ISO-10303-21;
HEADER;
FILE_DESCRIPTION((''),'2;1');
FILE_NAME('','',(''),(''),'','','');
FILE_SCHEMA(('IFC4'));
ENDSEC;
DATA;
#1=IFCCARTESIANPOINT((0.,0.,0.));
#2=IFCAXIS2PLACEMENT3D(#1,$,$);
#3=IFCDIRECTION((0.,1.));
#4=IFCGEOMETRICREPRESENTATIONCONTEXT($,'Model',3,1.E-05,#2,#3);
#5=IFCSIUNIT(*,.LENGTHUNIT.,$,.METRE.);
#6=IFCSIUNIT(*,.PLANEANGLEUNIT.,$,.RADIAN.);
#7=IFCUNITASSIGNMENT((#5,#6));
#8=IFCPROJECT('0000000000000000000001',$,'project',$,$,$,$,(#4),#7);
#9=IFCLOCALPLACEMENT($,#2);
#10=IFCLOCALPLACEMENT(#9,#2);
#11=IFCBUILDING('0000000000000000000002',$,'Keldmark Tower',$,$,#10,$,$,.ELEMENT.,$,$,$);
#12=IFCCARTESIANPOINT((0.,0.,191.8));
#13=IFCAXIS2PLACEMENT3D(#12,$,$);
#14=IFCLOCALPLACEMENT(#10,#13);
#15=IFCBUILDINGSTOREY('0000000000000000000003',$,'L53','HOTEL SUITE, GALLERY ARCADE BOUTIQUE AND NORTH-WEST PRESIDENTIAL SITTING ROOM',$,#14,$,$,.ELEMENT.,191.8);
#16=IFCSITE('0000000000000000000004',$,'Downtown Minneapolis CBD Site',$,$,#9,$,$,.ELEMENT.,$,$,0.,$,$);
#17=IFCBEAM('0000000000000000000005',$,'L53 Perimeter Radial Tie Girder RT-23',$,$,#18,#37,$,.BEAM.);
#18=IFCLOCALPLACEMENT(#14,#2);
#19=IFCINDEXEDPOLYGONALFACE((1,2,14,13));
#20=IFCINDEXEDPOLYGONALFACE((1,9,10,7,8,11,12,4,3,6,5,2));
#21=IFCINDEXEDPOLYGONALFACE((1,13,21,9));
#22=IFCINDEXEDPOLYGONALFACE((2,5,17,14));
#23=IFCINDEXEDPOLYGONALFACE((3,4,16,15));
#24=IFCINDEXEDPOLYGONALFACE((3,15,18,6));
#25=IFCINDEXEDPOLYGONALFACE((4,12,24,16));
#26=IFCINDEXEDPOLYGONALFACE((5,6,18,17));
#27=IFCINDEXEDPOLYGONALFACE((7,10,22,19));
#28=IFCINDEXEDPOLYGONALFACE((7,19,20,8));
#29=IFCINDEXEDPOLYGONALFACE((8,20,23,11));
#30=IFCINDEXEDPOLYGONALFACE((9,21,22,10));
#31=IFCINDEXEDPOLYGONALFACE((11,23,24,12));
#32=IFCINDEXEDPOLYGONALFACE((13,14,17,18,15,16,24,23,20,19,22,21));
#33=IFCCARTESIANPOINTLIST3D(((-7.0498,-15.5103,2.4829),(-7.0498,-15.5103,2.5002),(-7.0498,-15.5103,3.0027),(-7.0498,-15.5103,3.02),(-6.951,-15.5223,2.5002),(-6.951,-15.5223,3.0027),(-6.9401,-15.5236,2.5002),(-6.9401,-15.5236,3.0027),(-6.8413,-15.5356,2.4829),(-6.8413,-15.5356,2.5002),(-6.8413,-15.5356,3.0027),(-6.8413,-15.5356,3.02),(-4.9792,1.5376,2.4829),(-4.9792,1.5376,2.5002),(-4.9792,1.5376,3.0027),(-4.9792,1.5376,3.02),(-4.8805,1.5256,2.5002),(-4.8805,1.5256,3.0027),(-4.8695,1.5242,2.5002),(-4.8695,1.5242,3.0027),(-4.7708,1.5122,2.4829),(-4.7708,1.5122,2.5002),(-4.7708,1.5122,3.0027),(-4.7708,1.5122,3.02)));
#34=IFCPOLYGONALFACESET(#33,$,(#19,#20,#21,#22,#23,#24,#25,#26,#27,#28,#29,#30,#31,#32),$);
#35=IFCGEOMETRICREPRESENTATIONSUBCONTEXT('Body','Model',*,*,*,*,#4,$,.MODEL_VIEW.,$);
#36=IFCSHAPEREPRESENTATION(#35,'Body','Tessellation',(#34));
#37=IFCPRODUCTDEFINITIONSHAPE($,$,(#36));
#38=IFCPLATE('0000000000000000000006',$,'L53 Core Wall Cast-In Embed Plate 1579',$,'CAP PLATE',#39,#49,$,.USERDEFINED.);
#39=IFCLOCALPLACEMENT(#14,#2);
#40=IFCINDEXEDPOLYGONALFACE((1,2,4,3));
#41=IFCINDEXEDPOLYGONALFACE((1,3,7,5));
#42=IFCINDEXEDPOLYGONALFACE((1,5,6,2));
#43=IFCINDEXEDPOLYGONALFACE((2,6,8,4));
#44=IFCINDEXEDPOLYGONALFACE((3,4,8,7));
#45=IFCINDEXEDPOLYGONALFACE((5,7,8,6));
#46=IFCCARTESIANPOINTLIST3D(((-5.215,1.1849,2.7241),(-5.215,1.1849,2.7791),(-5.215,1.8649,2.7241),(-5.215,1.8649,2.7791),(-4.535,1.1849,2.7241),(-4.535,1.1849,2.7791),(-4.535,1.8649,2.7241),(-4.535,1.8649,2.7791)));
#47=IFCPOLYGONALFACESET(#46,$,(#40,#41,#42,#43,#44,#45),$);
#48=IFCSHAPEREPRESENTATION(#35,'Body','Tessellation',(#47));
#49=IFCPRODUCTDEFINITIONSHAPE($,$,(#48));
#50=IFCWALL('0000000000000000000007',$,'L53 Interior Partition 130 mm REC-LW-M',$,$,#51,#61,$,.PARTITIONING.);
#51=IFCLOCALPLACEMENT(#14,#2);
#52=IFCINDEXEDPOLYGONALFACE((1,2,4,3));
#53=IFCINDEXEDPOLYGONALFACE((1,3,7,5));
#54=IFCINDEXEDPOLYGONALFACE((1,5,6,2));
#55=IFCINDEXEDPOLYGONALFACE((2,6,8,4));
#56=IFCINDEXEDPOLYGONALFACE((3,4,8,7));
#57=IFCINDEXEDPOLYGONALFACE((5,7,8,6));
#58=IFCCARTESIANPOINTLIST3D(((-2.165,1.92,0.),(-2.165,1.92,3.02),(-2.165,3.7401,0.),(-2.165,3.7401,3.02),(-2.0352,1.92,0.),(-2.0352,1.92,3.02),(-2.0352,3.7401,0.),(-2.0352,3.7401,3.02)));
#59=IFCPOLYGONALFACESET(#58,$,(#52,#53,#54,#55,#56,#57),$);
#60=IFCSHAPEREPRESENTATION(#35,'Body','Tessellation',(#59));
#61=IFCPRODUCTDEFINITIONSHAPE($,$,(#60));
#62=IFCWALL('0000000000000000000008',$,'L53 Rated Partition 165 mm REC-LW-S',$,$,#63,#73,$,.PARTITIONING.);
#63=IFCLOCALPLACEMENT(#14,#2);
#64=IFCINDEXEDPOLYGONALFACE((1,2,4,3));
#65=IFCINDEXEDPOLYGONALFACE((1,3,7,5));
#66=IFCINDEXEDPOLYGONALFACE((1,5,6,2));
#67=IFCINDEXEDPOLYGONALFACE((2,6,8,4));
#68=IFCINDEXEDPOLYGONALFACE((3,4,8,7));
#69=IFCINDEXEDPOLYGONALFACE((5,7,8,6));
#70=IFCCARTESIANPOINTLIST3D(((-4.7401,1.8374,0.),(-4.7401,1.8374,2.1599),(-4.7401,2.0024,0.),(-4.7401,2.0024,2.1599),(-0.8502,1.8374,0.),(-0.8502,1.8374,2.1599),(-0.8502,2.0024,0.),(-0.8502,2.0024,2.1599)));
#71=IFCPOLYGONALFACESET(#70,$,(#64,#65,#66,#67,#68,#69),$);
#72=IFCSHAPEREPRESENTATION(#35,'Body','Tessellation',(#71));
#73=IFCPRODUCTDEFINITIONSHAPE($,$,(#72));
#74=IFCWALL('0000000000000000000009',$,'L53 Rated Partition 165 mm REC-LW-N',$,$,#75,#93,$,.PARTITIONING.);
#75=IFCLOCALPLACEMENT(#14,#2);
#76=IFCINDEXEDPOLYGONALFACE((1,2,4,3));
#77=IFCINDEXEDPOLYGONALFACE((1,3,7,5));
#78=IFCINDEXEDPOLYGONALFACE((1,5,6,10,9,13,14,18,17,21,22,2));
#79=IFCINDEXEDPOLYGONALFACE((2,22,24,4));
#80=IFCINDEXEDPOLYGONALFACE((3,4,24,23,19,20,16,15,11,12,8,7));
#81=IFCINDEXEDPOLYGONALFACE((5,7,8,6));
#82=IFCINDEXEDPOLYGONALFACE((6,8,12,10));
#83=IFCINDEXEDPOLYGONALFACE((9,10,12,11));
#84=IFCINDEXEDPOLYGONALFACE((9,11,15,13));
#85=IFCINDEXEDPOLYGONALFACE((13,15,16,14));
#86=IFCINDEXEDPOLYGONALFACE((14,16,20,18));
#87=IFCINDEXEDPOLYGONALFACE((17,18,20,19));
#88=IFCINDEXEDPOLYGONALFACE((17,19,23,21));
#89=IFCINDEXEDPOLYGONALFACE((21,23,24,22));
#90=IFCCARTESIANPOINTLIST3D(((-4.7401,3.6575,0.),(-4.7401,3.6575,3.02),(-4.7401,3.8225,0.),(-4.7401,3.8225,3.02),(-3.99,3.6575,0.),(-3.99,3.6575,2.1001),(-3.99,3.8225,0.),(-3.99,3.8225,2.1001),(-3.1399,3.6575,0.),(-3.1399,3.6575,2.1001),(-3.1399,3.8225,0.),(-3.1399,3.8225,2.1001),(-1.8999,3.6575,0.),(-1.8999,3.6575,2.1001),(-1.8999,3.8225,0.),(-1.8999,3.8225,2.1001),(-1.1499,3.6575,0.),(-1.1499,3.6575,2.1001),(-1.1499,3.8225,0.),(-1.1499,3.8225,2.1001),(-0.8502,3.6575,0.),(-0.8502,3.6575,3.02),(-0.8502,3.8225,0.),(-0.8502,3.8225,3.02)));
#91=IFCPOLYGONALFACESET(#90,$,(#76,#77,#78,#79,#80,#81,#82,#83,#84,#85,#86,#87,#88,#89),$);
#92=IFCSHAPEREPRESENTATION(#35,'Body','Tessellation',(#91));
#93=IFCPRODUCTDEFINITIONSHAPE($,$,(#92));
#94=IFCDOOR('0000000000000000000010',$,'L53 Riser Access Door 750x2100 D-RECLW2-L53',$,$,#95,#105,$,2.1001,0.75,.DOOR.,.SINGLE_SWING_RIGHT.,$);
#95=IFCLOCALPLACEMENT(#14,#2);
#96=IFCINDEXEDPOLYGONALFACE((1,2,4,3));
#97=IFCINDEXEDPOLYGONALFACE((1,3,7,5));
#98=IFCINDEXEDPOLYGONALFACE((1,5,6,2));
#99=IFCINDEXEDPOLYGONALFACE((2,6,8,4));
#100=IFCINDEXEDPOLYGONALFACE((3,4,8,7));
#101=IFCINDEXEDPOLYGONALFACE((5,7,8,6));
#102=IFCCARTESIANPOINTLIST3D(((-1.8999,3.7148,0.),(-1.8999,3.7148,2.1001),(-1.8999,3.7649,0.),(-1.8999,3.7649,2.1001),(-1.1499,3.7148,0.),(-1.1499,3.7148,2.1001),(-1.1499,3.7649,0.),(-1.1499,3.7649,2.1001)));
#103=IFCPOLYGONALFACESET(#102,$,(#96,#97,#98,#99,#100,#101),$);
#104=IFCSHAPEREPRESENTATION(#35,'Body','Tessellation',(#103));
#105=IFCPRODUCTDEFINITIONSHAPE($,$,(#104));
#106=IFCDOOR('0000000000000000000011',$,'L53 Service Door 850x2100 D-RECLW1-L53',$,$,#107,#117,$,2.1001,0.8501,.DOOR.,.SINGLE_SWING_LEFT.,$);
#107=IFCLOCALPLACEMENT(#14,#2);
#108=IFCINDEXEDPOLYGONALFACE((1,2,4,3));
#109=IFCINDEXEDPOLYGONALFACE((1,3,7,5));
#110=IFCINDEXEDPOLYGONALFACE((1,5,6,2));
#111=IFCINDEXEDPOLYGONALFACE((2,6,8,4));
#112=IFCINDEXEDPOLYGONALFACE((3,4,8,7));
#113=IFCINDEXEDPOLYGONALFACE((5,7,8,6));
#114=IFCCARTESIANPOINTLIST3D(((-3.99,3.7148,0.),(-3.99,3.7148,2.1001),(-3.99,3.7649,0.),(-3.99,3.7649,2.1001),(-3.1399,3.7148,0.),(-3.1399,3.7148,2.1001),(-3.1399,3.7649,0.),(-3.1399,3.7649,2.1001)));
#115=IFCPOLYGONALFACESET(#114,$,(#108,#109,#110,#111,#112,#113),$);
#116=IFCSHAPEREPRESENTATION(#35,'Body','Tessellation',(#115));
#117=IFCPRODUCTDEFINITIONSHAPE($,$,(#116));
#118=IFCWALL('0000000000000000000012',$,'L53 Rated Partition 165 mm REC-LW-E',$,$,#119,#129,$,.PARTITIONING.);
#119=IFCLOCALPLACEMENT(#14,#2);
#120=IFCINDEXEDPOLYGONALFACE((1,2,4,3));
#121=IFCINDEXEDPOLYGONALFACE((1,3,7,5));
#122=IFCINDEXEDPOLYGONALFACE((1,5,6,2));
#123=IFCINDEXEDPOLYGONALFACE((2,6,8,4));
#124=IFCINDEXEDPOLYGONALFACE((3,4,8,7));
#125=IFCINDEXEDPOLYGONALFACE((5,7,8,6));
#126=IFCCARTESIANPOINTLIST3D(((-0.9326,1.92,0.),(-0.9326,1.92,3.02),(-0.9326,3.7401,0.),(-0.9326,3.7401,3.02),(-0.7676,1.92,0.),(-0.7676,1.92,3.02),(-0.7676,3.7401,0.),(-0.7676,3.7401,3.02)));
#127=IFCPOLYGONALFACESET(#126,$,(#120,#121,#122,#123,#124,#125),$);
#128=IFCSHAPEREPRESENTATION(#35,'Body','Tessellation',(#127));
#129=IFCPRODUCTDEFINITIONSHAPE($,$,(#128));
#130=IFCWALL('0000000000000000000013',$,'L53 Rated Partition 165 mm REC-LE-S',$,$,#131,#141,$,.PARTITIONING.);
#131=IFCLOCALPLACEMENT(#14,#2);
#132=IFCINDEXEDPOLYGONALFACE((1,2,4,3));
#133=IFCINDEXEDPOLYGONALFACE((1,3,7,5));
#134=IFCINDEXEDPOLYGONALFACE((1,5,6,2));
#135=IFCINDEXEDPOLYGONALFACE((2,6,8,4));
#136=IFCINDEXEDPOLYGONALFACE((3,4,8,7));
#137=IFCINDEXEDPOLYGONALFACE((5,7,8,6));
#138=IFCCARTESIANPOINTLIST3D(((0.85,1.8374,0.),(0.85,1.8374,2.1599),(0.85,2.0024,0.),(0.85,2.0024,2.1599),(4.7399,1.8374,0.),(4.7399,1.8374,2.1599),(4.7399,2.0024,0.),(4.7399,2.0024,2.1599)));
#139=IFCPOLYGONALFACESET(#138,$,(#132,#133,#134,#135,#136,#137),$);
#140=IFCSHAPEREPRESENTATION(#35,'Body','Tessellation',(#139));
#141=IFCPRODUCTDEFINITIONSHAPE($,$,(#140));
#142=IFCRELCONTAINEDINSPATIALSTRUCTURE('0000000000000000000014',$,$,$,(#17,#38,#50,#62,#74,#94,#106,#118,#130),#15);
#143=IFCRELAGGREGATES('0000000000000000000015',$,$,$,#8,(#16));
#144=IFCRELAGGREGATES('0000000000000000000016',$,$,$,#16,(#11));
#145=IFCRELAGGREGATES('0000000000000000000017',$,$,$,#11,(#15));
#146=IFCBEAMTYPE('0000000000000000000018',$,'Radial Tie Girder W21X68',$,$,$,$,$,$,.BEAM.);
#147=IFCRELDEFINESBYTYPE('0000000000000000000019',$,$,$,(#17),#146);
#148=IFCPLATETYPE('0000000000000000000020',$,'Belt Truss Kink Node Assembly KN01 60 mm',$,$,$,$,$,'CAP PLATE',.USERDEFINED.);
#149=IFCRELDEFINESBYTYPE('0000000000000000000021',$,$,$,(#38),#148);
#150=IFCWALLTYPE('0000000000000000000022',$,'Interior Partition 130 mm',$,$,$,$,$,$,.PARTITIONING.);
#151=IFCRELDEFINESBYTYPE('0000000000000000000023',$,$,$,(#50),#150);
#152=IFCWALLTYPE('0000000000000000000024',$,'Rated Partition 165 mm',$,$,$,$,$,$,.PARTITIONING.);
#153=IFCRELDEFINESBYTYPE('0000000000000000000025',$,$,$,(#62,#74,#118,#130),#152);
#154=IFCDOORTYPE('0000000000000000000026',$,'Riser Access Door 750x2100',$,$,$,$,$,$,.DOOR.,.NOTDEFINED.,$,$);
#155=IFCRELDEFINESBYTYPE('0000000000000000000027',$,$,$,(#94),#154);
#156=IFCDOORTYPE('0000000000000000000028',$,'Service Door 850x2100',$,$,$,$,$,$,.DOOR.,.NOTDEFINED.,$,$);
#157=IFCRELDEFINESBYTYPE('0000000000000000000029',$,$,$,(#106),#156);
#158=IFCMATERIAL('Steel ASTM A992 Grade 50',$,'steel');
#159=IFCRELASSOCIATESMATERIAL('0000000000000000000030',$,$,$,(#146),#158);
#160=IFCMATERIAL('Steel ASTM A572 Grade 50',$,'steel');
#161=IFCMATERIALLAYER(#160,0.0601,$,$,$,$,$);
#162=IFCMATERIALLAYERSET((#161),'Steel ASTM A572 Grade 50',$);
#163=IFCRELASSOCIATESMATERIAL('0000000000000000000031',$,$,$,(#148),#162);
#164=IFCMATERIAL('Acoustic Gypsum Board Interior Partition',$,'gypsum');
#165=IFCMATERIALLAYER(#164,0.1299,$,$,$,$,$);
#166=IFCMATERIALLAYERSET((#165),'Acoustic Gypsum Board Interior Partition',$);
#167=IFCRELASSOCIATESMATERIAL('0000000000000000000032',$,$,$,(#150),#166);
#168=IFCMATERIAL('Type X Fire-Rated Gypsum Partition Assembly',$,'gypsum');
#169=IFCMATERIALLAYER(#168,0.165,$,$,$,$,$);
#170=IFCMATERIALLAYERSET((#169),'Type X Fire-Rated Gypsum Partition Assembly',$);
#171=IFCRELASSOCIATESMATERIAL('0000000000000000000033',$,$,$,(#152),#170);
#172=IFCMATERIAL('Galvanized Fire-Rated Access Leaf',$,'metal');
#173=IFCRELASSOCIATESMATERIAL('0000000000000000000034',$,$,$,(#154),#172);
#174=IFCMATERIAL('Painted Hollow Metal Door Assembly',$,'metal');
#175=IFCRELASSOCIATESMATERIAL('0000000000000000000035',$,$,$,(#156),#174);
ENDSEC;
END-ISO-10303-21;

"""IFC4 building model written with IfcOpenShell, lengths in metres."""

from ifc_helpers import new_model, si_unit, direction, frame, frame_2d, origin, origin_2d, place, context, subcontext, project, spatial, rectangle, i_section, extrude, material, layer, layer_set, material_profile, profile_set, type_object, element, fill, save


model = new_model("IFC4")

# Units and contexts
model_context = context("Model", 3, precision=1e-05, world=origin(), true_north=direction((0.0, 1.0)))
body_context = subcontext(model_context, "Body", "Model", "MODEL_VIEW")
ifc_project = project(units=[si_unit("LENGTHUNIT", "METRE"), si_unit("PLANEANGLEUNIT", "RADIAN")], contexts=[model_context])

# Site, building, storey
site_placement = place(None, origin())
site = spatial("IfcSite", under=ifc_project, at=site_placement, Name="Downtown Minneapolis CBD Site", CompositionType="ELEMENT", RefElevation=0.0)
building_placement = place(site_placement, origin())
building = spatial("IfcBuilding", under=site, at=building_placement, Name="Keldmark Tower", CompositionType="ELEMENT")
storey_placement = place(building_placement, frame((0.0, 0.0, 191.8)))
storey = spatial("IfcBuildingStorey", under=building, at=storey_placement, Name="L53", Description="HOTEL SUITE, GALLERY ARCADE BOUTIQUE AND NORTH-WEST PRESIDENTIAL SITTING ROOM", CompositionType="ELEMENT", Elevation=191.8)

# Beam
ifc_material_1 = material(Name="Steel ASTM A992 Grade 50", Category="steel")
ifc_material_profile = material_profile(ifc_material_1, i_section(OverallWidth=0.21, OverallDepth=0.5371, WebThickness=0.011, FlangeThickness=0.0173, at=origin_2d()), Name="W21X68")
ifc_profile_set = profile_set([ifc_material_profile], Name="Steel ASTM A992 Grade 50")
beam_type = type_object("IfcBeamType", Name="Radial Tie Girder W21X68", PredefinedType="BEAM", material=ifc_profile_set)
beam_placement = place(storey_placement, frame((-4.875, 1.5249, 2.7515), z_axis=(-0.12057, -0.992705, 0.0), x_axis=(0.992705, -0.12057, 0.0)))
element("IfcBeam", 1, at=beam_placement, inside=storey, type_object=beam_type, Name="L53 Perimeter Radial Tie Girder RT-23", PredefinedType="BEAM", context=body_context, shape_type="SweptSolid", body=[
    extrude(i_section(OverallWidth=0.21, OverallDepth=0.5371, WebThickness=0.011, FlangeThickness=0.0173, at=origin_2d()), origin(), (0.0, 0.0, 1.0), 17.1731),
])

# Plate
ifc_material_2 = material(Name="Steel ASTM A572 Grade 50", Category="steel")
ifc_layer_1 = layer(ifc_material_2, 0.0601)
ifc_layer_set_1 = layer_set([ifc_layer_1], Name="Steel ASTM A572 Grade 50")
plate_type = type_object("IfcPlateType", Name="Belt Truss Kink Node Assembly KN01 60 mm", ElementType="CAP PLATE", PredefinedType="USERDEFINED", material=ifc_layer_set_1)
plate_placement = place(storey_placement, frame((-4.875, 1.5249, 2.7241), z_axis=(0.0, 0.0, 1.0), x_axis=(1.0, 0.0, 0.0)))
element("IfcPlate", 2, at=plate_placement, inside=storey, type_object=plate_type, Name="L53 Core Wall Cast-In Embed Plate 1579", ObjectType="CAP PLATE", PredefinedType="USERDEFINED", context=body_context, shape_type="SweptSolid", body=[
    extrude(rectangle(XDim=0.6799, YDim=0.6799, at=origin_2d()), origin(), (0.0, 0.0, 1.0), 0.0549),
])

# Walls
ifc_material_3 = material(Name="Acoustic Gypsum Board Interior Partition", Category="gypsum")
ifc_layer_2 = layer(ifc_material_3, 0.1299)
ifc_layer_set_2 = layer_set([ifc_layer_2], Name="Acoustic Gypsum Board Interior Partition")
wall_type_1 = type_object("IfcWallType", Name="Interior Partition 130 mm", PredefinedType="PARTITIONING", material=ifc_layer_set_2)
wall_1_placement = place(storey_placement, frame((-2.1001, 1.9199, 0.0), z_axis=(0.0, 0.0, 1.0), x_axis=(0.0, 1.0, 0.0)))
element("IfcWall", 3, at=wall_1_placement, inside=storey, type_object=wall_type_1, Name="L53 Interior Partition 130 mm REC-LW-M", PredefinedType="PARTITIONING", context=body_context, shape_type="SweptSolid", body=[
    extrude(rectangle(XDim=1.8201, YDim=0.1299, at=frame_2d((0.9102, 0.0))), origin(), (0.0, 0.0, 1.0), 3.02),
])
ifc_material_4 = material(Name="Type X Fire-Rated Gypsum Partition Assembly", Category="gypsum")
ifc_layer_3 = layer(ifc_material_4, 0.165)
ifc_layer_set_3 = layer_set([ifc_layer_3], Name="Type X Fire-Rated Gypsum Partition Assembly")
wall_type_2 = type_object("IfcWallType", Name="Rated Partition 165 mm", PredefinedType="PARTITIONING", material=ifc_layer_set_3)
wall_2_placement = place(storey_placement, frame((-4.74, 1.9199, 0.0), z_axis=(0.0, 0.0, 1.0), x_axis=(1.0, 0.0, 0.0)))
element("IfcWall", 4, at=wall_2_placement, inside=storey, type_object=wall_type_2, Name="L53 Rated Partition 165 mm REC-LW-S", PredefinedType="PARTITIONING", context=body_context, shape_type="SweptSolid", body=[
    extrude(rectangle(XDim=3.8899, YDim=0.165, at=frame_2d((1.9448, 0.0))), origin(), (0.0, 0.0, 1.0), 2.1599),
])

# Wall, openings, doors
wall_3_placement = place(storey_placement, frame((-4.74, 3.74, 0.0), z_axis=(0.0, 0.0, 1.0), x_axis=(1.0, 0.0, 0.0)))
wall_3 = element("IfcWall", 5, at=wall_3_placement, inside=storey, type_object=wall_type_2, Name="L53 Rated Partition 165 mm REC-LW-N", PredefinedType="PARTITIONING", context=body_context, shape_type="SweptSolid", body=[
    extrude(rectangle(XDim=3.8899, YDim=0.165, at=frame_2d((1.9448, 0.0))), origin(), (0.0, 0.0, 1.0), 3.02),
])
opening_1_placement = place(wall_3_placement, frame((0.75, 0.0, 0.0)))
opening_1 = element("IfcOpeningElement", 6, at=opening_1_placement, cuts=wall_3, PredefinedType="OPENING", context=body_context, shape_type="SweptSolid", body=[
    extrude(rectangle(XDim=0.8501, YDim=2.1001, at=frame_2d((0.425, 1.05))), frame((0.0, 0.0925, 0.0), z_axis=(0.0, -1.0, 0.0), x_axis=(1.0, 0.0, 0.0)), (0.0, 0.0, 1.0), 0.1851),
])
opening_2_placement = place(wall_3_placement, frame((2.8401, 0.0, 0.0)))
opening_2 = element("IfcOpeningElement", 7, at=opening_2_placement, cuts=wall_3, PredefinedType="OPENING", context=body_context, shape_type="SweptSolid", body=[
    extrude(rectangle(XDim=0.75, YDim=2.1001, at=frame_2d((0.375, 1.05))), frame((0.0, 0.0925, 0.0), z_axis=(0.0, -1.0, 0.0), x_axis=(1.0, 0.0, 0.0)), (0.0, 0.0, 1.0), 0.1851),
])
ifc_material_5 = material(Name="Galvanized Fire-Rated Access Leaf", Category="metal")
door_type_1 = type_object("IfcDoorType", Name="Riser Access Door 750x2100", OperationType="NOTDEFINED", PredefinedType="DOOR", material=ifc_material_5)
door_1_placement = place(opening_2_placement, origin())
door_1 = element("IfcDoor", 8, at=door_1_placement, inside=storey, type_object=door_type_1, Name="L53 Riser Access Door 750x2100 D-RECLW2-L53", OperationType="SINGLE_SWING_RIGHT", OverallHeight=2.1001, OverallWidth=0.75, PredefinedType="DOOR", context=body_context, shape_type="SweptSolid", body=[
    extrude(rectangle(XDim=0.75, YDim=2.1001, at=frame_2d((0.375, 1.05))), frame((0.0, 0.0249, 0.0), z_axis=(0.0, -1.0, 0.0), x_axis=(1.0, 0.0, 0.0)), (0.0, 0.0, 1.0), 0.05),
])
fill(opening_2, door_1)
ifc_material_6 = material(Name="Painted Hollow Metal Door Assembly", Category="metal")
door_type_2 = type_object("IfcDoorType", Name="Service Door 850x2100", OperationType="NOTDEFINED", PredefinedType="DOOR", material=ifc_material_6)
door_2_placement = place(opening_1_placement, origin())
door_2 = element("IfcDoor", 9, at=door_2_placement, inside=storey, type_object=door_type_2, Name="L53 Service Door 850x2100 D-RECLW1-L53", OperationType="SINGLE_SWING_LEFT", OverallHeight=2.1001, OverallWidth=0.8501, PredefinedType="DOOR", context=body_context, shape_type="SweptSolid", body=[
    extrude(rectangle(XDim=0.8501, YDim=2.1001, at=frame_2d((0.425, 1.05))), frame((0.0, 0.0249, 0.0), z_axis=(0.0, -1.0, 0.0), x_axis=(1.0, 0.0, 0.0)), (0.0, 0.0, 1.0), 0.05),
])
fill(opening_1, door_2)

# Walls
wall_4_placement = place(storey_placement, frame((-0.8501, 1.9199, 0.0), z_axis=(0.0, 0.0, 1.0), x_axis=(0.0, 1.0, 0.0)))
element("IfcWall", 10, at=wall_4_placement, inside=storey, type_object=wall_type_2, Name="L53 Rated Partition 165 mm REC-LW-E", PredefinedType="PARTITIONING", context=body_context, shape_type="SweptSolid", body=[
    extrude(rectangle(XDim=1.8201, YDim=0.165, at=frame_2d((0.9102, 0.0))), origin(), (0.0, 0.0, 1.0), 3.02),
])
wall_5_placement = place(storey_placement, frame((0.8501, 1.9199, 0.0), z_axis=(0.0, 0.0, 1.0), x_axis=(1.0, 0.0, 0.0)))
element("IfcWall", 11, at=wall_5_placement, inside=storey, type_object=wall_type_2, Name="L53 Rated Partition 165 mm REC-LE-S", PredefinedType="PARTITIONING", context=body_context, shape_type="SweptSolid", body=[
    extrude(rectangle(XDim=3.8899, YDim=0.165, at=frame_2d((1.9448, 0.0))), origin(), (0.0, 0.0, 1.0), 2.1599),
])

save(model, "model.ifc")
